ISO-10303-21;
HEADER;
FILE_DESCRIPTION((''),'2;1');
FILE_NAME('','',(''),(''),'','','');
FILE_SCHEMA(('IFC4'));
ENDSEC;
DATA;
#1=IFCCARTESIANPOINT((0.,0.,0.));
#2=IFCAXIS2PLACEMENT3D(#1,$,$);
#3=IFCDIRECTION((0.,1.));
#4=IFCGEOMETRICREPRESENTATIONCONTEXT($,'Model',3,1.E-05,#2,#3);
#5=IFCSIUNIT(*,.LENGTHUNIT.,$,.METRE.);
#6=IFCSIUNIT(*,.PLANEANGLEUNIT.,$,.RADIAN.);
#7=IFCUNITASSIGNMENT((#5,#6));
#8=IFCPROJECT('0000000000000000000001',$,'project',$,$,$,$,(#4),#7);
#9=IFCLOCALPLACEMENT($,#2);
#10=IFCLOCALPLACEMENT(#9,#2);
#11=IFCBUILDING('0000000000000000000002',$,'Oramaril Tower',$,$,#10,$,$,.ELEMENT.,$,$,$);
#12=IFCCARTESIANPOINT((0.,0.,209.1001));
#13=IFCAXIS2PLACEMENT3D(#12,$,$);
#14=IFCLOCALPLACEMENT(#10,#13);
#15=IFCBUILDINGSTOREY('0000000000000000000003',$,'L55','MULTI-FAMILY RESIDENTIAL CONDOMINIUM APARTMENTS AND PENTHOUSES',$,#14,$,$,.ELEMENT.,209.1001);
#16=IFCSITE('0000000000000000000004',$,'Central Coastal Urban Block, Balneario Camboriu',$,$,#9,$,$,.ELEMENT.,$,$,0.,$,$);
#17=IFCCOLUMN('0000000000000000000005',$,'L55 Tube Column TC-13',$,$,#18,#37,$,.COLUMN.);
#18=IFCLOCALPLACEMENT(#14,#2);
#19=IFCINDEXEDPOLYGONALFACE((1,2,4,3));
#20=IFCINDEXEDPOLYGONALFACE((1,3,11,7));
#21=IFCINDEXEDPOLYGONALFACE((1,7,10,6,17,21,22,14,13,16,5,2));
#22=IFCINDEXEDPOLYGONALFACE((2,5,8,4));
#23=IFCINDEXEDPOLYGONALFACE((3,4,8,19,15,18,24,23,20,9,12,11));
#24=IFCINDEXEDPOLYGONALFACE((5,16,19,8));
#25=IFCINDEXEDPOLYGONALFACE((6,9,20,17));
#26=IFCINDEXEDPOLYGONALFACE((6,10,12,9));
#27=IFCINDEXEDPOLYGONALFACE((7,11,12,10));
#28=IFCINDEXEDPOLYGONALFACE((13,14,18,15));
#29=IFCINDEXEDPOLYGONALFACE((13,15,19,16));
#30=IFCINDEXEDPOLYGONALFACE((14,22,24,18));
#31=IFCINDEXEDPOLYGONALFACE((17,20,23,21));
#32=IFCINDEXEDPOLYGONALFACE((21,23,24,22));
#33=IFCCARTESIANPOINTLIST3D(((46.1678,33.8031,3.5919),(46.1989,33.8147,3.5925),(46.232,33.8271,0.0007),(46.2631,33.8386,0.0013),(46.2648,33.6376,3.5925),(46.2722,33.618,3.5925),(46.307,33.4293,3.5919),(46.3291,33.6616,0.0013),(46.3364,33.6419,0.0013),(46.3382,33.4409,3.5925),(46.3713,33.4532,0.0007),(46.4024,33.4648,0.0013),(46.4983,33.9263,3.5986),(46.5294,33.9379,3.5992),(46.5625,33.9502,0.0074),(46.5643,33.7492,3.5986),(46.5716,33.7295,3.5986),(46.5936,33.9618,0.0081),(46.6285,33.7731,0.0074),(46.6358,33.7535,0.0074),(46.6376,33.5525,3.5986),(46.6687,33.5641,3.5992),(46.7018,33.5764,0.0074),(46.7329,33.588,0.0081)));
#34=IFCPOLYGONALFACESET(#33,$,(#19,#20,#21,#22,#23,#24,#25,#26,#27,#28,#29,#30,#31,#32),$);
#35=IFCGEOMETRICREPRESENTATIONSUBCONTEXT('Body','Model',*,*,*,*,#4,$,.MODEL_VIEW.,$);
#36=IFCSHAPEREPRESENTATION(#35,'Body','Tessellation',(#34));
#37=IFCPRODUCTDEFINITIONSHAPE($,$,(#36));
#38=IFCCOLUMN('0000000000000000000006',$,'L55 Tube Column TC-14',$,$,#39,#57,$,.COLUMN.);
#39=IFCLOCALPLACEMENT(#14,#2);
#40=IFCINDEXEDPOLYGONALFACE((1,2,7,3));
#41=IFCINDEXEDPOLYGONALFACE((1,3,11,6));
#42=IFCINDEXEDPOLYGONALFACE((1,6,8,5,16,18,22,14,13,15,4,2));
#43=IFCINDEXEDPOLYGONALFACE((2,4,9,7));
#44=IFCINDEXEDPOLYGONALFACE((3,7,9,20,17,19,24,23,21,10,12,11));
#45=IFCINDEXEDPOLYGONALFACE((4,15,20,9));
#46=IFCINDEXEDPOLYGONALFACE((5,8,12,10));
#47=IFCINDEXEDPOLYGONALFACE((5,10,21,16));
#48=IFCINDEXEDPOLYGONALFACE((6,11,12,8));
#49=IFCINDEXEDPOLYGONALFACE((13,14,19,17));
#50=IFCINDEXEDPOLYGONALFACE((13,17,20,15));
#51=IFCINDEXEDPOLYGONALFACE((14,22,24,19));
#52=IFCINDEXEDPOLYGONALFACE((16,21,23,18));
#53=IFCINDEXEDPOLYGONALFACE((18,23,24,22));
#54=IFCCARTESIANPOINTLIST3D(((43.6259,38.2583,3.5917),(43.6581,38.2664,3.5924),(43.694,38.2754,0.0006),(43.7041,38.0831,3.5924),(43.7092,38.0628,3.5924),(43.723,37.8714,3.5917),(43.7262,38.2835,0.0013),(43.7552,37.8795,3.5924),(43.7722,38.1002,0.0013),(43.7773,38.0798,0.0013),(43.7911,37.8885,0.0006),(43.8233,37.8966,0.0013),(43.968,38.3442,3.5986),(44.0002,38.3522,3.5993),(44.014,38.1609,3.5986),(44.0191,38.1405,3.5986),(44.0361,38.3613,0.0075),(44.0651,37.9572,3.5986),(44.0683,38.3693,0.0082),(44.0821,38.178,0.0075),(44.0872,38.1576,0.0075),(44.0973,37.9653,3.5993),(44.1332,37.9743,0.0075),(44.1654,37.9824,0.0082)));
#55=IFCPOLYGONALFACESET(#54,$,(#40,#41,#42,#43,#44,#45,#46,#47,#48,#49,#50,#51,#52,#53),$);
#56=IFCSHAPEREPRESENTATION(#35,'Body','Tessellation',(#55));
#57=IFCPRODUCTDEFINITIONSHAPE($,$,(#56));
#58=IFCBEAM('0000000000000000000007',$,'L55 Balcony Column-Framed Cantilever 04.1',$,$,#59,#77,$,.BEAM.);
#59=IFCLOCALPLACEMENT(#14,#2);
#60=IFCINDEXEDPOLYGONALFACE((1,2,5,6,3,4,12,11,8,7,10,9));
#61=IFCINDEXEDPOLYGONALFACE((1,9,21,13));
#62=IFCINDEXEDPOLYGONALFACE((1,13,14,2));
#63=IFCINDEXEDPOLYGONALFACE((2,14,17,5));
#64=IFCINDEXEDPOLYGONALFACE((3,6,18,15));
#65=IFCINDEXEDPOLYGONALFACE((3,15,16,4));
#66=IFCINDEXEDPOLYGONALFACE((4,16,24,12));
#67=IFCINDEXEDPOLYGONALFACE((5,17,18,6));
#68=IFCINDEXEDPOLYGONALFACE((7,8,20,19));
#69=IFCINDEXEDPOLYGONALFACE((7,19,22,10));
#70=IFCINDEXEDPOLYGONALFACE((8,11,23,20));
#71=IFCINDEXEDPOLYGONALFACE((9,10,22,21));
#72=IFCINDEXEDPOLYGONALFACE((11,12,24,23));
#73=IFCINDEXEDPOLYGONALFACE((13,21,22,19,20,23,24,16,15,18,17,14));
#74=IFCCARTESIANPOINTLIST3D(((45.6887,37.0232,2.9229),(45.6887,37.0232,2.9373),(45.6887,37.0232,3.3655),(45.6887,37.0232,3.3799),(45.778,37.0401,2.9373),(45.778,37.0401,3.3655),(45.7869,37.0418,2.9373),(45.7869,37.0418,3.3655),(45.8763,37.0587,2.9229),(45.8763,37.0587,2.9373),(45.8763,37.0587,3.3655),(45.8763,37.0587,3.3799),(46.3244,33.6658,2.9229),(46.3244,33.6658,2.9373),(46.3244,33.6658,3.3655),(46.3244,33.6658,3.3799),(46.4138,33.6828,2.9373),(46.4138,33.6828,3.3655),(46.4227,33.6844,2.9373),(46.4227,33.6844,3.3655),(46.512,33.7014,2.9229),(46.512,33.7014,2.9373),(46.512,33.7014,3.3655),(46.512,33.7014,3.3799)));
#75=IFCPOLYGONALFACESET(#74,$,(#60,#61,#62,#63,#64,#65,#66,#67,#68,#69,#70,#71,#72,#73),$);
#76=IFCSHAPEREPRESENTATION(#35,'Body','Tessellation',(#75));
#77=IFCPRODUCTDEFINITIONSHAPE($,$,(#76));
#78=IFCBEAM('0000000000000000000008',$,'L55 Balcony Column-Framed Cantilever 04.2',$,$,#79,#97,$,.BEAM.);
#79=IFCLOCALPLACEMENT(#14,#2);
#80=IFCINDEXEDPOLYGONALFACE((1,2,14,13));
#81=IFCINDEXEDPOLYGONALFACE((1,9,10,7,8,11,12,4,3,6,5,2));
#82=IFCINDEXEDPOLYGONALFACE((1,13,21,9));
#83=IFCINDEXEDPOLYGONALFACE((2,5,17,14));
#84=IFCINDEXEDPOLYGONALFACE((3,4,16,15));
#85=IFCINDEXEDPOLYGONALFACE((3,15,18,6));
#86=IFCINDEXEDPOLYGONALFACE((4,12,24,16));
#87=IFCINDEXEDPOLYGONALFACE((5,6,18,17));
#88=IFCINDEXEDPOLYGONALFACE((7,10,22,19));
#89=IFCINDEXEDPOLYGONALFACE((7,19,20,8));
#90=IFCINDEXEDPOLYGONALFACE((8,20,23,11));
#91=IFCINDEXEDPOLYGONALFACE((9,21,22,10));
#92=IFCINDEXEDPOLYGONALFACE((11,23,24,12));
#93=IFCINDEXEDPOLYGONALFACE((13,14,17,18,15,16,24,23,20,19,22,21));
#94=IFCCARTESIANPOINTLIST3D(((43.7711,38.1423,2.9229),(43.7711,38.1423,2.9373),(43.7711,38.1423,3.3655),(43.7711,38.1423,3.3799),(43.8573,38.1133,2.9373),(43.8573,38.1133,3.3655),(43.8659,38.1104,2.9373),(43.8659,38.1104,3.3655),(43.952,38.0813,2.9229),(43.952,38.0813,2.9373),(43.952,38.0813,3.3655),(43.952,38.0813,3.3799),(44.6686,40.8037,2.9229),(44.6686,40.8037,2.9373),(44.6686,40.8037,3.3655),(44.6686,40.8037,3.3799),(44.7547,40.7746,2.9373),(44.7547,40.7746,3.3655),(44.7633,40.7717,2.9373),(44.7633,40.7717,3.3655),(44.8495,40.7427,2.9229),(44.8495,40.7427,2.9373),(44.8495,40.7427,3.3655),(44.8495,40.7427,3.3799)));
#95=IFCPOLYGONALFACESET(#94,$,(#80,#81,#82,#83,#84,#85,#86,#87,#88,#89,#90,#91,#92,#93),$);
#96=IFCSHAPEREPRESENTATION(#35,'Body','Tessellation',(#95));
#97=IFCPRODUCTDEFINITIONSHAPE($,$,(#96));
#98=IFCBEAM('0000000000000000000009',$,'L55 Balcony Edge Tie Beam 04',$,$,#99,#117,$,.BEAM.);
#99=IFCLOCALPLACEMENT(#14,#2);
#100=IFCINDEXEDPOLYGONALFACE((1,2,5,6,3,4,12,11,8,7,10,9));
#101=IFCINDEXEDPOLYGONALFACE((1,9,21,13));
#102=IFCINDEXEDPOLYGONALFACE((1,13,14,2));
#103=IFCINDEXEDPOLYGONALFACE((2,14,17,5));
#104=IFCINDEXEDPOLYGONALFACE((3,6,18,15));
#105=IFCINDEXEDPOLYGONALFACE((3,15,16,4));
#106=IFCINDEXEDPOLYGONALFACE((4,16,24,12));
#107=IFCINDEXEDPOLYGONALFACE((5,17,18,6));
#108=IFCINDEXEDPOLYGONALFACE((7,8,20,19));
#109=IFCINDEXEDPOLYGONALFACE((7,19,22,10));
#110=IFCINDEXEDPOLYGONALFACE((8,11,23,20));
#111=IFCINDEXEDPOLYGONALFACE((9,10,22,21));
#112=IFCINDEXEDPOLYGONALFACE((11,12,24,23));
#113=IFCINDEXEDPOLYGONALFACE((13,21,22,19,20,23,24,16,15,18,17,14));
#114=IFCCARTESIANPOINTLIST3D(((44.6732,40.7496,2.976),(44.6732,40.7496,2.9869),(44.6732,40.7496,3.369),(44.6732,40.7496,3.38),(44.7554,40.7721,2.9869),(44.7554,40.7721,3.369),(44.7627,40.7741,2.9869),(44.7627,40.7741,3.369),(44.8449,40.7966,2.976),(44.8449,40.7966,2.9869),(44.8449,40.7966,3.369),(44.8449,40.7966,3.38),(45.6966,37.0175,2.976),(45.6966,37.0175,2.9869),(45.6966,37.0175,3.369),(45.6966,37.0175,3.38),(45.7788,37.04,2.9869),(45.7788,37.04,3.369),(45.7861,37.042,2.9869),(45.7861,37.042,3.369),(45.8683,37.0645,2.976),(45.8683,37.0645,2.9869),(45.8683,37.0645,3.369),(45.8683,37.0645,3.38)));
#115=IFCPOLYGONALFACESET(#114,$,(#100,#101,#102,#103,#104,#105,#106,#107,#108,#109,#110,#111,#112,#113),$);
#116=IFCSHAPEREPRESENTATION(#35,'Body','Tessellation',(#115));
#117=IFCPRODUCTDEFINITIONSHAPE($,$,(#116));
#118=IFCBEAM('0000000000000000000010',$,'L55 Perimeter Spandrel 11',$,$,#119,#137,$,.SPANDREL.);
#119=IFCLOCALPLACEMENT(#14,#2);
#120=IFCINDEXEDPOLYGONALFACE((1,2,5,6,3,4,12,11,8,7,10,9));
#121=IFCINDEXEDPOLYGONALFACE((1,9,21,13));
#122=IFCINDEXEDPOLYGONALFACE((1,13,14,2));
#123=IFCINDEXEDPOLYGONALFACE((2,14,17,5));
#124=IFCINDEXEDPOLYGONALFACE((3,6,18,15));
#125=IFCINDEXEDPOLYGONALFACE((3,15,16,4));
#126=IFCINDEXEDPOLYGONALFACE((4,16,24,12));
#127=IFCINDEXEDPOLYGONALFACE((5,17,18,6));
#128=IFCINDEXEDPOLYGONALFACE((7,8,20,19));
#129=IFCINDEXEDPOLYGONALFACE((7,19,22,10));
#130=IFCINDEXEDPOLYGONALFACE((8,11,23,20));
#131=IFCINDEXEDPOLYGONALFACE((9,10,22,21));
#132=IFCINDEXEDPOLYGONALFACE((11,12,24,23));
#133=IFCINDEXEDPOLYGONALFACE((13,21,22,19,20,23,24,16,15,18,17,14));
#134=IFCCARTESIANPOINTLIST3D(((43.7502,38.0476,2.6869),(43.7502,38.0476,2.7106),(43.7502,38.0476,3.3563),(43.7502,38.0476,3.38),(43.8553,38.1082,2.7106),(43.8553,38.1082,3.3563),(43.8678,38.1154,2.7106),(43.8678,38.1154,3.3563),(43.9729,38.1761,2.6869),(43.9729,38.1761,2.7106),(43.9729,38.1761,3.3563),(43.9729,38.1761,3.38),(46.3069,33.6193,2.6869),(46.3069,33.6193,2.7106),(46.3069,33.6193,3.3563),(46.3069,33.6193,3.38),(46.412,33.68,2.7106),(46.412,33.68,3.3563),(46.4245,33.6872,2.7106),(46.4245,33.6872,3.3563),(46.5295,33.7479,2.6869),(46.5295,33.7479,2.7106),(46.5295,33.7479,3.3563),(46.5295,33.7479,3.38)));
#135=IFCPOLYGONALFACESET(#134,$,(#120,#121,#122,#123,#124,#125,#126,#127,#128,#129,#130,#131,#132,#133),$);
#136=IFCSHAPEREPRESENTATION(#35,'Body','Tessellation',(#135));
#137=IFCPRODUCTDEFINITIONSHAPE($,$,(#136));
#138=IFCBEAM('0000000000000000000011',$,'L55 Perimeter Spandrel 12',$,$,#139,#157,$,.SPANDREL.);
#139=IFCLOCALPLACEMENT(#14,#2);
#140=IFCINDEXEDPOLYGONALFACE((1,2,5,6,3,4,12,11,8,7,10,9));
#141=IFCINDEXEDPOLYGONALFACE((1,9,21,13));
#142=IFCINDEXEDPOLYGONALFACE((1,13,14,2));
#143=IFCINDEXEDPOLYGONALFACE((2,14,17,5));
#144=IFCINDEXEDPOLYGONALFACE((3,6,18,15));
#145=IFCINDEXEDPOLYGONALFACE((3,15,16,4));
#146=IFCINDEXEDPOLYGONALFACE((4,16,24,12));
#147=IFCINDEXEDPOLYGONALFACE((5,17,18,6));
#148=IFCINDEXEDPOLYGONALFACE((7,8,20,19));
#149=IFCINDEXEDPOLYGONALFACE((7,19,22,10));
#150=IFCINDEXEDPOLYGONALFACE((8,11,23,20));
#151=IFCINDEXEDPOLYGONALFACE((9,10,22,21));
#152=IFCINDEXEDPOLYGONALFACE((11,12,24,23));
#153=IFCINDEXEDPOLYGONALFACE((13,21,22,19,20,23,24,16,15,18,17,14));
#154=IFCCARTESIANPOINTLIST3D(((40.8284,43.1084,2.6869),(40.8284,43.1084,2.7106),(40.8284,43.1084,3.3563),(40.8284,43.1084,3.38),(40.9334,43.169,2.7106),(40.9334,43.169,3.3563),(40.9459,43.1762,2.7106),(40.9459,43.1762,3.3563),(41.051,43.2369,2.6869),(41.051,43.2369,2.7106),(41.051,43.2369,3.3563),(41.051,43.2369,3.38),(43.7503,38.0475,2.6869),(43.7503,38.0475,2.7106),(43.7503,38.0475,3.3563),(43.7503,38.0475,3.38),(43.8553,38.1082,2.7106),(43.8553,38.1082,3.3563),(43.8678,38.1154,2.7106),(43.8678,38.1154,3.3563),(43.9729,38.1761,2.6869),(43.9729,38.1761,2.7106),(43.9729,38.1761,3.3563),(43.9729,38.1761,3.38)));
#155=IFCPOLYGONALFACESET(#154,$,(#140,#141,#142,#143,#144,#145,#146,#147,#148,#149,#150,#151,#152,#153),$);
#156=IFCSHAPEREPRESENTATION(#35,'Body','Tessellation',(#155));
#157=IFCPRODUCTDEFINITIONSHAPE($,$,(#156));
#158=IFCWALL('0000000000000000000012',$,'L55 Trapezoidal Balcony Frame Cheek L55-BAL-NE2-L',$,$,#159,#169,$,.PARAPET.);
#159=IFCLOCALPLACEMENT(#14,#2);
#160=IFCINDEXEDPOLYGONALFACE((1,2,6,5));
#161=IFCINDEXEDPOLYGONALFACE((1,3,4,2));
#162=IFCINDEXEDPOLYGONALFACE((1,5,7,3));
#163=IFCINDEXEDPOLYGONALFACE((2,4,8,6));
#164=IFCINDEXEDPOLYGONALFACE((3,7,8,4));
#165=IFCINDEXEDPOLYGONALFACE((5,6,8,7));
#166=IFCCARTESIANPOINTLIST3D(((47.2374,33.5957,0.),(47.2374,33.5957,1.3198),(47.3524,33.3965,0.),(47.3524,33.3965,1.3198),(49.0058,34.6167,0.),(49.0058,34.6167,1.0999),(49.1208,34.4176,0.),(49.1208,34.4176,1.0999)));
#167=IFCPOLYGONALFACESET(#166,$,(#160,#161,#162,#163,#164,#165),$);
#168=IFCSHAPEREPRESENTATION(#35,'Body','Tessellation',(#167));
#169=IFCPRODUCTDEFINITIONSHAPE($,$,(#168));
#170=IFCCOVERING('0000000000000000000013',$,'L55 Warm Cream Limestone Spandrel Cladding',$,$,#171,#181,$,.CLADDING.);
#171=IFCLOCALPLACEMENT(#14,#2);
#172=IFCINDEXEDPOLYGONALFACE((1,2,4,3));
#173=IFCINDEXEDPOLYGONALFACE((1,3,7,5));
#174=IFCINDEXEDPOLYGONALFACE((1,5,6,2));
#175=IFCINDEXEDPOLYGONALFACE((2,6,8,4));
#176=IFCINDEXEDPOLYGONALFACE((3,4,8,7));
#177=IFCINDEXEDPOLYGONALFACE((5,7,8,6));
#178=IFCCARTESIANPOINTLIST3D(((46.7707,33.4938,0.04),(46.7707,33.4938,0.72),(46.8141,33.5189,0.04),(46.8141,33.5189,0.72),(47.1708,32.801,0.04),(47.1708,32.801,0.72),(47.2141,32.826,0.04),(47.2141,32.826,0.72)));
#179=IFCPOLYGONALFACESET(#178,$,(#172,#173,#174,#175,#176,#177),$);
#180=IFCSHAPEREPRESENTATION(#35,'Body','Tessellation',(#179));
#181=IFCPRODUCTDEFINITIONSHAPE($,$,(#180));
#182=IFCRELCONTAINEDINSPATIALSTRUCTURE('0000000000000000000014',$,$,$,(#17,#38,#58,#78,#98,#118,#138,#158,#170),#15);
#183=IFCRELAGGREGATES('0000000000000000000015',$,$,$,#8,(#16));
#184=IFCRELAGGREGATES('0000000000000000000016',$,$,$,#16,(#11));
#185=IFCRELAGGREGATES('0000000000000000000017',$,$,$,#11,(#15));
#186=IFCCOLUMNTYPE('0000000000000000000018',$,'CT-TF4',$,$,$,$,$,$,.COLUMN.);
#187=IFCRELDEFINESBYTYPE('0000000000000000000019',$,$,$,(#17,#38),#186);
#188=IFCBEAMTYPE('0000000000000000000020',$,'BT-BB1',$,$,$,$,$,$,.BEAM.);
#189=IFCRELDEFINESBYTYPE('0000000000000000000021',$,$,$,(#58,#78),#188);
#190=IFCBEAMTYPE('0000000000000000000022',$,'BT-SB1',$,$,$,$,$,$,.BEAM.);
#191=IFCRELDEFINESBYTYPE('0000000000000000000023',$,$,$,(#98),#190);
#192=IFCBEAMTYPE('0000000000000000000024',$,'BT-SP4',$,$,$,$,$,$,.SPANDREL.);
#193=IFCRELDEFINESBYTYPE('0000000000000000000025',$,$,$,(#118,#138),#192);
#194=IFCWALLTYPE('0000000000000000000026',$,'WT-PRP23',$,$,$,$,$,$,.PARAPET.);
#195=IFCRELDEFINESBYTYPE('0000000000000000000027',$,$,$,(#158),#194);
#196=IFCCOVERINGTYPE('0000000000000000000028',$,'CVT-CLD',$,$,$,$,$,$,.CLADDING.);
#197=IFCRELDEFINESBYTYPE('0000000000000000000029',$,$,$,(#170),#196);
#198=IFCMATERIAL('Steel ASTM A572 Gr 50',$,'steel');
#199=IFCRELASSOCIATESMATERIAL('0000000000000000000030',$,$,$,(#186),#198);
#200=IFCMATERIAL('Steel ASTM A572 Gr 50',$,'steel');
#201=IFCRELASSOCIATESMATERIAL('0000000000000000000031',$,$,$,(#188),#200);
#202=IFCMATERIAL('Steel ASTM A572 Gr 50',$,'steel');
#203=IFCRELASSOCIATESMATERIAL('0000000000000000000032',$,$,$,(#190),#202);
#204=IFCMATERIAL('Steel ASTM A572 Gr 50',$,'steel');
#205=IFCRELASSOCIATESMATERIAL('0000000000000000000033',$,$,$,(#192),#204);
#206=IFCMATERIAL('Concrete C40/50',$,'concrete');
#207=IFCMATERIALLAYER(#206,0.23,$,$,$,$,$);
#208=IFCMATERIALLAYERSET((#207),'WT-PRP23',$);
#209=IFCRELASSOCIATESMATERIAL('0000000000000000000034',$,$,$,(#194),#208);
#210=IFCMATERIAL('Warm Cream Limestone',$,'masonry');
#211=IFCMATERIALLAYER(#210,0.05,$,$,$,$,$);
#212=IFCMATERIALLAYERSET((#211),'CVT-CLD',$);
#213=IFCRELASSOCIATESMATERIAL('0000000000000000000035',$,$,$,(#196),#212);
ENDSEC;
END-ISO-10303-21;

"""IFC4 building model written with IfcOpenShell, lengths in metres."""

from ifc_helpers import new_model, si_unit, direction, frame, origin, origin_2d, place, context, subcontext, project, spatial, polyline, rectangle, i_section, outline, extrude, material, layer, layer_set, material_profile, profile_set, type_object, element, save


model = new_model("IFC4")

# Units and contexts
model_context = context("Model", 3, precision=1e-05, world=origin(), true_north=direction((0.0, 1.0)))
body_context = subcontext(model_context, "Body", "Model", "MODEL_VIEW")
ifc_project = project(units=[si_unit("LENGTHUNIT", "METRE"), si_unit("PLANEANGLEUNIT", "RADIAN")], contexts=[model_context])

# Site, building, storey
site_placement = place(None, origin())
site = spatial("IfcSite", under=ifc_project, at=site_placement, Name="Central Coastal Urban Block, Balneario Camboriu", CompositionType="ELEMENT", RefElevation=0.0)
building_placement = place(site_placement, origin())
building = spatial("IfcBuilding", under=site, at=building_placement, Name="Oramaril Tower", CompositionType="ELEMENT")
storey_placement = place(building_placement, frame((0.0, 0.0, 209.1001)))
storey = spatial("IfcBuildingStorey", under=building, at=storey_placement, Name="L55", Description="MULTI-FAMILY RESIDENTIAL CONDOMINIUM APARTMENTS AND PENTHOUSES", CompositionType="ELEMENT", Elevation=209.1001)

# Columns
ifc_material_1 = material(Name="Steel ASTM A572 Gr 50", Category="steel")
ifc_material_profile_1 = material_profile(ifc_material_1, i_section(OverallWidth=0.3989, OverallDepth=0.386, WebThickness=0.021, FlangeThickness=0.0332, at=origin_2d()), Name="W14X176")
ifc_profile_set_1 = profile_set([ifc_material_profile_1], Name="Steel ASTM A572 Gr 50")
column_type = type_object("IfcColumnType", Name="CT-TF4", PredefinedType="COLUMN", material=ifc_profile_set_1)
for number, where, z_axis, x_axis, name in (
    (1, (46.4824, 33.7075, 0.0044), (-0.017877, -0.006661, 0.999818), (0.34917, -0.937059, 0.0), "L55 Tube Column TC-13"),
    (2, (43.9297, 38.1289, 0.0044), (-0.018964, -0.004758, 0.999809), (0.243354, -0.969938, 0.0), "L55 Tube Column TC-14"),
):
    element("IfcColumn", number, at=place(storey_placement, frame(where, z_axis=z_axis, x_axis=x_axis)), inside=storey, type_object=column_type, Name=name, PredefinedType="COLUMN", context=body_context, shape_type="SweptSolid", body=[
        extrude(i_section(OverallWidth=0.3989, OverallDepth=0.386, WebThickness=0.021, FlangeThickness=0.0332, at=origin_2d()), origin(), (0.0, 0.0, 1.0), 3.5918),
    ])

# Beams
ifc_material_2 = material(Name="Steel ASTM A572 Gr 50", Category="steel")
ifc_material_profile_2 = material_profile(ifc_material_2, i_section(OverallWidth=0.1909, OverallDepth=0.457, WebThickness=0.009, FlangeThickness=0.0144, at=origin_2d()), Name="W18X50")
ifc_profile_set_2 = profile_set([ifc_material_profile_2], Name="Steel ASTM A572 Gr 50")
beam_type_1 = type_object("IfcBeamType", Name="BT-BB1", PredefinedType="BEAM", material=ifc_profile_set_2)
beam_1_placement = place(storey_placement, frame((46.4182, 33.6836, 3.1514), z_axis=(-0.186048, 0.982541, 0.0), x_axis=(-0.982541, -0.186048, 0.0)))
element("IfcBeam", 3, at=beam_1_placement, inside=storey, type_object=beam_type_1, Name="L55 Balcony Column-Framed Cantilever 04.1", PredefinedType="BEAM", context=body_context, shape_type="SweptSolid", body=[
    extrude(i_section(OverallWidth=0.1909, OverallDepth=0.457, WebThickness=0.009, FlangeThickness=0.0144, at=origin_2d()), origin(), (0.0, 0.0, 1.0), 3.417),
])
beam_2_placement = place(storey_placement, frame((43.8616, 38.1118, 3.1514), z_axis=(0.319538, 0.947574, 0.0), x_axis=(-0.947574, 0.319538, 0.0)))
element("IfcBeam", 4, at=beam_2_placement, inside=storey, type_object=beam_type_1, Name="L55 Balcony Column-Framed Cantilever 04.2", PredefinedType="BEAM", context=body_context, shape_type="SweptSolid", body=[
    extrude(i_section(OverallWidth=0.1909, OverallDepth=0.457, WebThickness=0.009, FlangeThickness=0.0144, at=origin_2d()), origin(), (0.0, 0.0, 1.0), 2.8086),
])
ifc_material_3 = material(Name="Steel ASTM A572 Gr 50", Category="steel")
ifc_material_profile_3 = material_profile(ifc_material_3, i_section(OverallWidth=0.178, OverallDepth=0.4041, WebThickness=0.0076, FlangeThickness=0.011, at=origin_2d()), Name="W16X36")
ifc_profile_set_3 = profile_set([ifc_material_profile_3], Name="Steel ASTM A572 Gr 50")
beam_type_2 = type_object("IfcBeamType", Name="BT-SB1", PredefinedType="BEAM", material=ifc_profile_set_3)
beam_3_placement = place(storey_placement, frame((45.7825, 37.041, 3.178), z_axis=(-0.264457, 0.964397, 0.0), x_axis=(-0.964397, -0.264457, 0.0)))
element("IfcBeam", 5, at=beam_3_placement, inside=storey, type_object=beam_type_2, Name="L55 Balcony Edge Tie Beam 04", PredefinedType="BEAM", context=body_context, shape_type="SweptSolid", body=[
    extrude(i_section(OverallWidth=0.178, OverallDepth=0.4041, WebThickness=0.0076, FlangeThickness=0.011, at=origin_2d()), origin(), (0.0, 0.0, 1.0), 3.8699),
])
ifc_material_4 = material(Name="Steel ASTM A572 Gr 50", Category="steel")
ifc_material_profile_4 = material_profile(ifc_material_4, i_section(OverallWidth=0.2571, OverallDepth=0.6931, WebThickness=0.0144, FlangeThickness=0.0237, at=origin_2d()), Name="W27X114")
ifc_profile_set_4 = profile_set([ifc_material_profile_4], Name="Steel ASTM A572 Gr 50")
beam_type_3 = type_object("IfcBeamType", Name="BT-SP4", PredefinedType="SPANDREL", material=ifc_profile_set_4)
beam_4_placement = place(storey_placement, frame((46.4182, 33.6836, 3.0334), z_axis=(-0.500001, 0.866025, 0.0), x_axis=(-0.866025, -0.500001, 0.0)))
element("IfcBeam", 6, at=beam_4_placement, inside=storey, type_object=beam_type_3, Name="L55 Perimeter Spandrel 11", PredefinedType="SPANDREL", context=body_context, shape_type="SweptSolid", body=[
    extrude(i_section(OverallWidth=0.2571, OverallDepth=0.6931, WebThickness=0.0144, FlangeThickness=0.0237, at=origin_2d()), origin(), (0.0, 0.0, 1.0), 5.1133),
])
beam_5_placement = place(storey_placement, frame((43.8616, 38.1118, 3.0334), z_axis=(-0.500003, 0.866023, 0.0), x_axis=(-0.866023, -0.500003, 0.0)))
element("IfcBeam", 7, at=beam_5_placement, inside=storey, type_object=beam_type_3, Name="L55 Perimeter Spandrel 12", PredefinedType="SPANDREL", context=body_context, shape_type="SweptSolid", body=[
    extrude(i_section(OverallWidth=0.2571, OverallDepth=0.6931, WebThickness=0.0144, FlangeThickness=0.0237, at=origin_2d()), origin(), (0.0, 0.0, 1.0), 5.8438),
])

# Wall
ifc_material_5 = material(Name="Concrete C40/50", Category="concrete")
ifc_layer_1 = layer(ifc_material_5, 0.23)
ifc_layer_set_1 = layer_set([ifc_layer_1], Name="WT-PRP23")
wall_type = type_object("IfcWallType", Name="WT-PRP23", PredefinedType="PARAPET", material=ifc_layer_set_1)
wall_placement = place(storey_placement, frame((47.2949, 33.4961, 0.0), z_axis=(0.0, 0.0, 1.0), x_axis=(0.866012, 0.500023, 0.0)))
element("IfcWall", 8, at=wall_placement, inside=storey, type_object=wall_type, Name="L55 Trapezoidal Balcony Frame Cheek L55-BAL-NE2-L", PredefinedType="PARAPET", context=body_context, shape_type="SweptSolid", body=[
    extrude(outline(polyline([(0.0, 0.0), (2.042, 0.0), (2.042, 1.0999), (0.0, 1.3198), (0.0, 0.0)])), frame((0.0, 0.115, 0.0), z_axis=(0.0, -1.0, 0.0), x_axis=(1.0, 0.0, 0.0)), (0.0, 0.0, 1.0), 0.23),
])

# Covering
ifc_material_6 = material(Name="Warm Cream Limestone", Category="masonry")
ifc_layer_2 = layer(ifc_material_6, 0.05)
ifc_layer_set_2 = layer_set([ifc_layer_2], Name="CVT-CLD")
covering_type = type_object("IfcCoveringType", Name="CVT-CLD", PredefinedType="CLADDING", material=ifc_layer_set_2)
covering_placement = place(storey_placement, frame((46.9924, 33.1599, 0.04), z_axis=(0.0, 0.0, 1.0), x_axis=(-0.500002, 0.866025, 0.0)))
element("IfcCovering", 9, at=covering_placement, inside=storey, type_object=covering_type, Name="L55 Warm Cream Limestone Spandrel Cladding", PredefinedType="CLADDING", context=body_context, shape_type="SweptSolid", body=[
    extrude(rectangle(XDim=0.8, YDim=0.05, at=origin_2d()), origin(), (0.0, 0.0, 1.0), 0.6799),
])

save(model, "model.ifc")
